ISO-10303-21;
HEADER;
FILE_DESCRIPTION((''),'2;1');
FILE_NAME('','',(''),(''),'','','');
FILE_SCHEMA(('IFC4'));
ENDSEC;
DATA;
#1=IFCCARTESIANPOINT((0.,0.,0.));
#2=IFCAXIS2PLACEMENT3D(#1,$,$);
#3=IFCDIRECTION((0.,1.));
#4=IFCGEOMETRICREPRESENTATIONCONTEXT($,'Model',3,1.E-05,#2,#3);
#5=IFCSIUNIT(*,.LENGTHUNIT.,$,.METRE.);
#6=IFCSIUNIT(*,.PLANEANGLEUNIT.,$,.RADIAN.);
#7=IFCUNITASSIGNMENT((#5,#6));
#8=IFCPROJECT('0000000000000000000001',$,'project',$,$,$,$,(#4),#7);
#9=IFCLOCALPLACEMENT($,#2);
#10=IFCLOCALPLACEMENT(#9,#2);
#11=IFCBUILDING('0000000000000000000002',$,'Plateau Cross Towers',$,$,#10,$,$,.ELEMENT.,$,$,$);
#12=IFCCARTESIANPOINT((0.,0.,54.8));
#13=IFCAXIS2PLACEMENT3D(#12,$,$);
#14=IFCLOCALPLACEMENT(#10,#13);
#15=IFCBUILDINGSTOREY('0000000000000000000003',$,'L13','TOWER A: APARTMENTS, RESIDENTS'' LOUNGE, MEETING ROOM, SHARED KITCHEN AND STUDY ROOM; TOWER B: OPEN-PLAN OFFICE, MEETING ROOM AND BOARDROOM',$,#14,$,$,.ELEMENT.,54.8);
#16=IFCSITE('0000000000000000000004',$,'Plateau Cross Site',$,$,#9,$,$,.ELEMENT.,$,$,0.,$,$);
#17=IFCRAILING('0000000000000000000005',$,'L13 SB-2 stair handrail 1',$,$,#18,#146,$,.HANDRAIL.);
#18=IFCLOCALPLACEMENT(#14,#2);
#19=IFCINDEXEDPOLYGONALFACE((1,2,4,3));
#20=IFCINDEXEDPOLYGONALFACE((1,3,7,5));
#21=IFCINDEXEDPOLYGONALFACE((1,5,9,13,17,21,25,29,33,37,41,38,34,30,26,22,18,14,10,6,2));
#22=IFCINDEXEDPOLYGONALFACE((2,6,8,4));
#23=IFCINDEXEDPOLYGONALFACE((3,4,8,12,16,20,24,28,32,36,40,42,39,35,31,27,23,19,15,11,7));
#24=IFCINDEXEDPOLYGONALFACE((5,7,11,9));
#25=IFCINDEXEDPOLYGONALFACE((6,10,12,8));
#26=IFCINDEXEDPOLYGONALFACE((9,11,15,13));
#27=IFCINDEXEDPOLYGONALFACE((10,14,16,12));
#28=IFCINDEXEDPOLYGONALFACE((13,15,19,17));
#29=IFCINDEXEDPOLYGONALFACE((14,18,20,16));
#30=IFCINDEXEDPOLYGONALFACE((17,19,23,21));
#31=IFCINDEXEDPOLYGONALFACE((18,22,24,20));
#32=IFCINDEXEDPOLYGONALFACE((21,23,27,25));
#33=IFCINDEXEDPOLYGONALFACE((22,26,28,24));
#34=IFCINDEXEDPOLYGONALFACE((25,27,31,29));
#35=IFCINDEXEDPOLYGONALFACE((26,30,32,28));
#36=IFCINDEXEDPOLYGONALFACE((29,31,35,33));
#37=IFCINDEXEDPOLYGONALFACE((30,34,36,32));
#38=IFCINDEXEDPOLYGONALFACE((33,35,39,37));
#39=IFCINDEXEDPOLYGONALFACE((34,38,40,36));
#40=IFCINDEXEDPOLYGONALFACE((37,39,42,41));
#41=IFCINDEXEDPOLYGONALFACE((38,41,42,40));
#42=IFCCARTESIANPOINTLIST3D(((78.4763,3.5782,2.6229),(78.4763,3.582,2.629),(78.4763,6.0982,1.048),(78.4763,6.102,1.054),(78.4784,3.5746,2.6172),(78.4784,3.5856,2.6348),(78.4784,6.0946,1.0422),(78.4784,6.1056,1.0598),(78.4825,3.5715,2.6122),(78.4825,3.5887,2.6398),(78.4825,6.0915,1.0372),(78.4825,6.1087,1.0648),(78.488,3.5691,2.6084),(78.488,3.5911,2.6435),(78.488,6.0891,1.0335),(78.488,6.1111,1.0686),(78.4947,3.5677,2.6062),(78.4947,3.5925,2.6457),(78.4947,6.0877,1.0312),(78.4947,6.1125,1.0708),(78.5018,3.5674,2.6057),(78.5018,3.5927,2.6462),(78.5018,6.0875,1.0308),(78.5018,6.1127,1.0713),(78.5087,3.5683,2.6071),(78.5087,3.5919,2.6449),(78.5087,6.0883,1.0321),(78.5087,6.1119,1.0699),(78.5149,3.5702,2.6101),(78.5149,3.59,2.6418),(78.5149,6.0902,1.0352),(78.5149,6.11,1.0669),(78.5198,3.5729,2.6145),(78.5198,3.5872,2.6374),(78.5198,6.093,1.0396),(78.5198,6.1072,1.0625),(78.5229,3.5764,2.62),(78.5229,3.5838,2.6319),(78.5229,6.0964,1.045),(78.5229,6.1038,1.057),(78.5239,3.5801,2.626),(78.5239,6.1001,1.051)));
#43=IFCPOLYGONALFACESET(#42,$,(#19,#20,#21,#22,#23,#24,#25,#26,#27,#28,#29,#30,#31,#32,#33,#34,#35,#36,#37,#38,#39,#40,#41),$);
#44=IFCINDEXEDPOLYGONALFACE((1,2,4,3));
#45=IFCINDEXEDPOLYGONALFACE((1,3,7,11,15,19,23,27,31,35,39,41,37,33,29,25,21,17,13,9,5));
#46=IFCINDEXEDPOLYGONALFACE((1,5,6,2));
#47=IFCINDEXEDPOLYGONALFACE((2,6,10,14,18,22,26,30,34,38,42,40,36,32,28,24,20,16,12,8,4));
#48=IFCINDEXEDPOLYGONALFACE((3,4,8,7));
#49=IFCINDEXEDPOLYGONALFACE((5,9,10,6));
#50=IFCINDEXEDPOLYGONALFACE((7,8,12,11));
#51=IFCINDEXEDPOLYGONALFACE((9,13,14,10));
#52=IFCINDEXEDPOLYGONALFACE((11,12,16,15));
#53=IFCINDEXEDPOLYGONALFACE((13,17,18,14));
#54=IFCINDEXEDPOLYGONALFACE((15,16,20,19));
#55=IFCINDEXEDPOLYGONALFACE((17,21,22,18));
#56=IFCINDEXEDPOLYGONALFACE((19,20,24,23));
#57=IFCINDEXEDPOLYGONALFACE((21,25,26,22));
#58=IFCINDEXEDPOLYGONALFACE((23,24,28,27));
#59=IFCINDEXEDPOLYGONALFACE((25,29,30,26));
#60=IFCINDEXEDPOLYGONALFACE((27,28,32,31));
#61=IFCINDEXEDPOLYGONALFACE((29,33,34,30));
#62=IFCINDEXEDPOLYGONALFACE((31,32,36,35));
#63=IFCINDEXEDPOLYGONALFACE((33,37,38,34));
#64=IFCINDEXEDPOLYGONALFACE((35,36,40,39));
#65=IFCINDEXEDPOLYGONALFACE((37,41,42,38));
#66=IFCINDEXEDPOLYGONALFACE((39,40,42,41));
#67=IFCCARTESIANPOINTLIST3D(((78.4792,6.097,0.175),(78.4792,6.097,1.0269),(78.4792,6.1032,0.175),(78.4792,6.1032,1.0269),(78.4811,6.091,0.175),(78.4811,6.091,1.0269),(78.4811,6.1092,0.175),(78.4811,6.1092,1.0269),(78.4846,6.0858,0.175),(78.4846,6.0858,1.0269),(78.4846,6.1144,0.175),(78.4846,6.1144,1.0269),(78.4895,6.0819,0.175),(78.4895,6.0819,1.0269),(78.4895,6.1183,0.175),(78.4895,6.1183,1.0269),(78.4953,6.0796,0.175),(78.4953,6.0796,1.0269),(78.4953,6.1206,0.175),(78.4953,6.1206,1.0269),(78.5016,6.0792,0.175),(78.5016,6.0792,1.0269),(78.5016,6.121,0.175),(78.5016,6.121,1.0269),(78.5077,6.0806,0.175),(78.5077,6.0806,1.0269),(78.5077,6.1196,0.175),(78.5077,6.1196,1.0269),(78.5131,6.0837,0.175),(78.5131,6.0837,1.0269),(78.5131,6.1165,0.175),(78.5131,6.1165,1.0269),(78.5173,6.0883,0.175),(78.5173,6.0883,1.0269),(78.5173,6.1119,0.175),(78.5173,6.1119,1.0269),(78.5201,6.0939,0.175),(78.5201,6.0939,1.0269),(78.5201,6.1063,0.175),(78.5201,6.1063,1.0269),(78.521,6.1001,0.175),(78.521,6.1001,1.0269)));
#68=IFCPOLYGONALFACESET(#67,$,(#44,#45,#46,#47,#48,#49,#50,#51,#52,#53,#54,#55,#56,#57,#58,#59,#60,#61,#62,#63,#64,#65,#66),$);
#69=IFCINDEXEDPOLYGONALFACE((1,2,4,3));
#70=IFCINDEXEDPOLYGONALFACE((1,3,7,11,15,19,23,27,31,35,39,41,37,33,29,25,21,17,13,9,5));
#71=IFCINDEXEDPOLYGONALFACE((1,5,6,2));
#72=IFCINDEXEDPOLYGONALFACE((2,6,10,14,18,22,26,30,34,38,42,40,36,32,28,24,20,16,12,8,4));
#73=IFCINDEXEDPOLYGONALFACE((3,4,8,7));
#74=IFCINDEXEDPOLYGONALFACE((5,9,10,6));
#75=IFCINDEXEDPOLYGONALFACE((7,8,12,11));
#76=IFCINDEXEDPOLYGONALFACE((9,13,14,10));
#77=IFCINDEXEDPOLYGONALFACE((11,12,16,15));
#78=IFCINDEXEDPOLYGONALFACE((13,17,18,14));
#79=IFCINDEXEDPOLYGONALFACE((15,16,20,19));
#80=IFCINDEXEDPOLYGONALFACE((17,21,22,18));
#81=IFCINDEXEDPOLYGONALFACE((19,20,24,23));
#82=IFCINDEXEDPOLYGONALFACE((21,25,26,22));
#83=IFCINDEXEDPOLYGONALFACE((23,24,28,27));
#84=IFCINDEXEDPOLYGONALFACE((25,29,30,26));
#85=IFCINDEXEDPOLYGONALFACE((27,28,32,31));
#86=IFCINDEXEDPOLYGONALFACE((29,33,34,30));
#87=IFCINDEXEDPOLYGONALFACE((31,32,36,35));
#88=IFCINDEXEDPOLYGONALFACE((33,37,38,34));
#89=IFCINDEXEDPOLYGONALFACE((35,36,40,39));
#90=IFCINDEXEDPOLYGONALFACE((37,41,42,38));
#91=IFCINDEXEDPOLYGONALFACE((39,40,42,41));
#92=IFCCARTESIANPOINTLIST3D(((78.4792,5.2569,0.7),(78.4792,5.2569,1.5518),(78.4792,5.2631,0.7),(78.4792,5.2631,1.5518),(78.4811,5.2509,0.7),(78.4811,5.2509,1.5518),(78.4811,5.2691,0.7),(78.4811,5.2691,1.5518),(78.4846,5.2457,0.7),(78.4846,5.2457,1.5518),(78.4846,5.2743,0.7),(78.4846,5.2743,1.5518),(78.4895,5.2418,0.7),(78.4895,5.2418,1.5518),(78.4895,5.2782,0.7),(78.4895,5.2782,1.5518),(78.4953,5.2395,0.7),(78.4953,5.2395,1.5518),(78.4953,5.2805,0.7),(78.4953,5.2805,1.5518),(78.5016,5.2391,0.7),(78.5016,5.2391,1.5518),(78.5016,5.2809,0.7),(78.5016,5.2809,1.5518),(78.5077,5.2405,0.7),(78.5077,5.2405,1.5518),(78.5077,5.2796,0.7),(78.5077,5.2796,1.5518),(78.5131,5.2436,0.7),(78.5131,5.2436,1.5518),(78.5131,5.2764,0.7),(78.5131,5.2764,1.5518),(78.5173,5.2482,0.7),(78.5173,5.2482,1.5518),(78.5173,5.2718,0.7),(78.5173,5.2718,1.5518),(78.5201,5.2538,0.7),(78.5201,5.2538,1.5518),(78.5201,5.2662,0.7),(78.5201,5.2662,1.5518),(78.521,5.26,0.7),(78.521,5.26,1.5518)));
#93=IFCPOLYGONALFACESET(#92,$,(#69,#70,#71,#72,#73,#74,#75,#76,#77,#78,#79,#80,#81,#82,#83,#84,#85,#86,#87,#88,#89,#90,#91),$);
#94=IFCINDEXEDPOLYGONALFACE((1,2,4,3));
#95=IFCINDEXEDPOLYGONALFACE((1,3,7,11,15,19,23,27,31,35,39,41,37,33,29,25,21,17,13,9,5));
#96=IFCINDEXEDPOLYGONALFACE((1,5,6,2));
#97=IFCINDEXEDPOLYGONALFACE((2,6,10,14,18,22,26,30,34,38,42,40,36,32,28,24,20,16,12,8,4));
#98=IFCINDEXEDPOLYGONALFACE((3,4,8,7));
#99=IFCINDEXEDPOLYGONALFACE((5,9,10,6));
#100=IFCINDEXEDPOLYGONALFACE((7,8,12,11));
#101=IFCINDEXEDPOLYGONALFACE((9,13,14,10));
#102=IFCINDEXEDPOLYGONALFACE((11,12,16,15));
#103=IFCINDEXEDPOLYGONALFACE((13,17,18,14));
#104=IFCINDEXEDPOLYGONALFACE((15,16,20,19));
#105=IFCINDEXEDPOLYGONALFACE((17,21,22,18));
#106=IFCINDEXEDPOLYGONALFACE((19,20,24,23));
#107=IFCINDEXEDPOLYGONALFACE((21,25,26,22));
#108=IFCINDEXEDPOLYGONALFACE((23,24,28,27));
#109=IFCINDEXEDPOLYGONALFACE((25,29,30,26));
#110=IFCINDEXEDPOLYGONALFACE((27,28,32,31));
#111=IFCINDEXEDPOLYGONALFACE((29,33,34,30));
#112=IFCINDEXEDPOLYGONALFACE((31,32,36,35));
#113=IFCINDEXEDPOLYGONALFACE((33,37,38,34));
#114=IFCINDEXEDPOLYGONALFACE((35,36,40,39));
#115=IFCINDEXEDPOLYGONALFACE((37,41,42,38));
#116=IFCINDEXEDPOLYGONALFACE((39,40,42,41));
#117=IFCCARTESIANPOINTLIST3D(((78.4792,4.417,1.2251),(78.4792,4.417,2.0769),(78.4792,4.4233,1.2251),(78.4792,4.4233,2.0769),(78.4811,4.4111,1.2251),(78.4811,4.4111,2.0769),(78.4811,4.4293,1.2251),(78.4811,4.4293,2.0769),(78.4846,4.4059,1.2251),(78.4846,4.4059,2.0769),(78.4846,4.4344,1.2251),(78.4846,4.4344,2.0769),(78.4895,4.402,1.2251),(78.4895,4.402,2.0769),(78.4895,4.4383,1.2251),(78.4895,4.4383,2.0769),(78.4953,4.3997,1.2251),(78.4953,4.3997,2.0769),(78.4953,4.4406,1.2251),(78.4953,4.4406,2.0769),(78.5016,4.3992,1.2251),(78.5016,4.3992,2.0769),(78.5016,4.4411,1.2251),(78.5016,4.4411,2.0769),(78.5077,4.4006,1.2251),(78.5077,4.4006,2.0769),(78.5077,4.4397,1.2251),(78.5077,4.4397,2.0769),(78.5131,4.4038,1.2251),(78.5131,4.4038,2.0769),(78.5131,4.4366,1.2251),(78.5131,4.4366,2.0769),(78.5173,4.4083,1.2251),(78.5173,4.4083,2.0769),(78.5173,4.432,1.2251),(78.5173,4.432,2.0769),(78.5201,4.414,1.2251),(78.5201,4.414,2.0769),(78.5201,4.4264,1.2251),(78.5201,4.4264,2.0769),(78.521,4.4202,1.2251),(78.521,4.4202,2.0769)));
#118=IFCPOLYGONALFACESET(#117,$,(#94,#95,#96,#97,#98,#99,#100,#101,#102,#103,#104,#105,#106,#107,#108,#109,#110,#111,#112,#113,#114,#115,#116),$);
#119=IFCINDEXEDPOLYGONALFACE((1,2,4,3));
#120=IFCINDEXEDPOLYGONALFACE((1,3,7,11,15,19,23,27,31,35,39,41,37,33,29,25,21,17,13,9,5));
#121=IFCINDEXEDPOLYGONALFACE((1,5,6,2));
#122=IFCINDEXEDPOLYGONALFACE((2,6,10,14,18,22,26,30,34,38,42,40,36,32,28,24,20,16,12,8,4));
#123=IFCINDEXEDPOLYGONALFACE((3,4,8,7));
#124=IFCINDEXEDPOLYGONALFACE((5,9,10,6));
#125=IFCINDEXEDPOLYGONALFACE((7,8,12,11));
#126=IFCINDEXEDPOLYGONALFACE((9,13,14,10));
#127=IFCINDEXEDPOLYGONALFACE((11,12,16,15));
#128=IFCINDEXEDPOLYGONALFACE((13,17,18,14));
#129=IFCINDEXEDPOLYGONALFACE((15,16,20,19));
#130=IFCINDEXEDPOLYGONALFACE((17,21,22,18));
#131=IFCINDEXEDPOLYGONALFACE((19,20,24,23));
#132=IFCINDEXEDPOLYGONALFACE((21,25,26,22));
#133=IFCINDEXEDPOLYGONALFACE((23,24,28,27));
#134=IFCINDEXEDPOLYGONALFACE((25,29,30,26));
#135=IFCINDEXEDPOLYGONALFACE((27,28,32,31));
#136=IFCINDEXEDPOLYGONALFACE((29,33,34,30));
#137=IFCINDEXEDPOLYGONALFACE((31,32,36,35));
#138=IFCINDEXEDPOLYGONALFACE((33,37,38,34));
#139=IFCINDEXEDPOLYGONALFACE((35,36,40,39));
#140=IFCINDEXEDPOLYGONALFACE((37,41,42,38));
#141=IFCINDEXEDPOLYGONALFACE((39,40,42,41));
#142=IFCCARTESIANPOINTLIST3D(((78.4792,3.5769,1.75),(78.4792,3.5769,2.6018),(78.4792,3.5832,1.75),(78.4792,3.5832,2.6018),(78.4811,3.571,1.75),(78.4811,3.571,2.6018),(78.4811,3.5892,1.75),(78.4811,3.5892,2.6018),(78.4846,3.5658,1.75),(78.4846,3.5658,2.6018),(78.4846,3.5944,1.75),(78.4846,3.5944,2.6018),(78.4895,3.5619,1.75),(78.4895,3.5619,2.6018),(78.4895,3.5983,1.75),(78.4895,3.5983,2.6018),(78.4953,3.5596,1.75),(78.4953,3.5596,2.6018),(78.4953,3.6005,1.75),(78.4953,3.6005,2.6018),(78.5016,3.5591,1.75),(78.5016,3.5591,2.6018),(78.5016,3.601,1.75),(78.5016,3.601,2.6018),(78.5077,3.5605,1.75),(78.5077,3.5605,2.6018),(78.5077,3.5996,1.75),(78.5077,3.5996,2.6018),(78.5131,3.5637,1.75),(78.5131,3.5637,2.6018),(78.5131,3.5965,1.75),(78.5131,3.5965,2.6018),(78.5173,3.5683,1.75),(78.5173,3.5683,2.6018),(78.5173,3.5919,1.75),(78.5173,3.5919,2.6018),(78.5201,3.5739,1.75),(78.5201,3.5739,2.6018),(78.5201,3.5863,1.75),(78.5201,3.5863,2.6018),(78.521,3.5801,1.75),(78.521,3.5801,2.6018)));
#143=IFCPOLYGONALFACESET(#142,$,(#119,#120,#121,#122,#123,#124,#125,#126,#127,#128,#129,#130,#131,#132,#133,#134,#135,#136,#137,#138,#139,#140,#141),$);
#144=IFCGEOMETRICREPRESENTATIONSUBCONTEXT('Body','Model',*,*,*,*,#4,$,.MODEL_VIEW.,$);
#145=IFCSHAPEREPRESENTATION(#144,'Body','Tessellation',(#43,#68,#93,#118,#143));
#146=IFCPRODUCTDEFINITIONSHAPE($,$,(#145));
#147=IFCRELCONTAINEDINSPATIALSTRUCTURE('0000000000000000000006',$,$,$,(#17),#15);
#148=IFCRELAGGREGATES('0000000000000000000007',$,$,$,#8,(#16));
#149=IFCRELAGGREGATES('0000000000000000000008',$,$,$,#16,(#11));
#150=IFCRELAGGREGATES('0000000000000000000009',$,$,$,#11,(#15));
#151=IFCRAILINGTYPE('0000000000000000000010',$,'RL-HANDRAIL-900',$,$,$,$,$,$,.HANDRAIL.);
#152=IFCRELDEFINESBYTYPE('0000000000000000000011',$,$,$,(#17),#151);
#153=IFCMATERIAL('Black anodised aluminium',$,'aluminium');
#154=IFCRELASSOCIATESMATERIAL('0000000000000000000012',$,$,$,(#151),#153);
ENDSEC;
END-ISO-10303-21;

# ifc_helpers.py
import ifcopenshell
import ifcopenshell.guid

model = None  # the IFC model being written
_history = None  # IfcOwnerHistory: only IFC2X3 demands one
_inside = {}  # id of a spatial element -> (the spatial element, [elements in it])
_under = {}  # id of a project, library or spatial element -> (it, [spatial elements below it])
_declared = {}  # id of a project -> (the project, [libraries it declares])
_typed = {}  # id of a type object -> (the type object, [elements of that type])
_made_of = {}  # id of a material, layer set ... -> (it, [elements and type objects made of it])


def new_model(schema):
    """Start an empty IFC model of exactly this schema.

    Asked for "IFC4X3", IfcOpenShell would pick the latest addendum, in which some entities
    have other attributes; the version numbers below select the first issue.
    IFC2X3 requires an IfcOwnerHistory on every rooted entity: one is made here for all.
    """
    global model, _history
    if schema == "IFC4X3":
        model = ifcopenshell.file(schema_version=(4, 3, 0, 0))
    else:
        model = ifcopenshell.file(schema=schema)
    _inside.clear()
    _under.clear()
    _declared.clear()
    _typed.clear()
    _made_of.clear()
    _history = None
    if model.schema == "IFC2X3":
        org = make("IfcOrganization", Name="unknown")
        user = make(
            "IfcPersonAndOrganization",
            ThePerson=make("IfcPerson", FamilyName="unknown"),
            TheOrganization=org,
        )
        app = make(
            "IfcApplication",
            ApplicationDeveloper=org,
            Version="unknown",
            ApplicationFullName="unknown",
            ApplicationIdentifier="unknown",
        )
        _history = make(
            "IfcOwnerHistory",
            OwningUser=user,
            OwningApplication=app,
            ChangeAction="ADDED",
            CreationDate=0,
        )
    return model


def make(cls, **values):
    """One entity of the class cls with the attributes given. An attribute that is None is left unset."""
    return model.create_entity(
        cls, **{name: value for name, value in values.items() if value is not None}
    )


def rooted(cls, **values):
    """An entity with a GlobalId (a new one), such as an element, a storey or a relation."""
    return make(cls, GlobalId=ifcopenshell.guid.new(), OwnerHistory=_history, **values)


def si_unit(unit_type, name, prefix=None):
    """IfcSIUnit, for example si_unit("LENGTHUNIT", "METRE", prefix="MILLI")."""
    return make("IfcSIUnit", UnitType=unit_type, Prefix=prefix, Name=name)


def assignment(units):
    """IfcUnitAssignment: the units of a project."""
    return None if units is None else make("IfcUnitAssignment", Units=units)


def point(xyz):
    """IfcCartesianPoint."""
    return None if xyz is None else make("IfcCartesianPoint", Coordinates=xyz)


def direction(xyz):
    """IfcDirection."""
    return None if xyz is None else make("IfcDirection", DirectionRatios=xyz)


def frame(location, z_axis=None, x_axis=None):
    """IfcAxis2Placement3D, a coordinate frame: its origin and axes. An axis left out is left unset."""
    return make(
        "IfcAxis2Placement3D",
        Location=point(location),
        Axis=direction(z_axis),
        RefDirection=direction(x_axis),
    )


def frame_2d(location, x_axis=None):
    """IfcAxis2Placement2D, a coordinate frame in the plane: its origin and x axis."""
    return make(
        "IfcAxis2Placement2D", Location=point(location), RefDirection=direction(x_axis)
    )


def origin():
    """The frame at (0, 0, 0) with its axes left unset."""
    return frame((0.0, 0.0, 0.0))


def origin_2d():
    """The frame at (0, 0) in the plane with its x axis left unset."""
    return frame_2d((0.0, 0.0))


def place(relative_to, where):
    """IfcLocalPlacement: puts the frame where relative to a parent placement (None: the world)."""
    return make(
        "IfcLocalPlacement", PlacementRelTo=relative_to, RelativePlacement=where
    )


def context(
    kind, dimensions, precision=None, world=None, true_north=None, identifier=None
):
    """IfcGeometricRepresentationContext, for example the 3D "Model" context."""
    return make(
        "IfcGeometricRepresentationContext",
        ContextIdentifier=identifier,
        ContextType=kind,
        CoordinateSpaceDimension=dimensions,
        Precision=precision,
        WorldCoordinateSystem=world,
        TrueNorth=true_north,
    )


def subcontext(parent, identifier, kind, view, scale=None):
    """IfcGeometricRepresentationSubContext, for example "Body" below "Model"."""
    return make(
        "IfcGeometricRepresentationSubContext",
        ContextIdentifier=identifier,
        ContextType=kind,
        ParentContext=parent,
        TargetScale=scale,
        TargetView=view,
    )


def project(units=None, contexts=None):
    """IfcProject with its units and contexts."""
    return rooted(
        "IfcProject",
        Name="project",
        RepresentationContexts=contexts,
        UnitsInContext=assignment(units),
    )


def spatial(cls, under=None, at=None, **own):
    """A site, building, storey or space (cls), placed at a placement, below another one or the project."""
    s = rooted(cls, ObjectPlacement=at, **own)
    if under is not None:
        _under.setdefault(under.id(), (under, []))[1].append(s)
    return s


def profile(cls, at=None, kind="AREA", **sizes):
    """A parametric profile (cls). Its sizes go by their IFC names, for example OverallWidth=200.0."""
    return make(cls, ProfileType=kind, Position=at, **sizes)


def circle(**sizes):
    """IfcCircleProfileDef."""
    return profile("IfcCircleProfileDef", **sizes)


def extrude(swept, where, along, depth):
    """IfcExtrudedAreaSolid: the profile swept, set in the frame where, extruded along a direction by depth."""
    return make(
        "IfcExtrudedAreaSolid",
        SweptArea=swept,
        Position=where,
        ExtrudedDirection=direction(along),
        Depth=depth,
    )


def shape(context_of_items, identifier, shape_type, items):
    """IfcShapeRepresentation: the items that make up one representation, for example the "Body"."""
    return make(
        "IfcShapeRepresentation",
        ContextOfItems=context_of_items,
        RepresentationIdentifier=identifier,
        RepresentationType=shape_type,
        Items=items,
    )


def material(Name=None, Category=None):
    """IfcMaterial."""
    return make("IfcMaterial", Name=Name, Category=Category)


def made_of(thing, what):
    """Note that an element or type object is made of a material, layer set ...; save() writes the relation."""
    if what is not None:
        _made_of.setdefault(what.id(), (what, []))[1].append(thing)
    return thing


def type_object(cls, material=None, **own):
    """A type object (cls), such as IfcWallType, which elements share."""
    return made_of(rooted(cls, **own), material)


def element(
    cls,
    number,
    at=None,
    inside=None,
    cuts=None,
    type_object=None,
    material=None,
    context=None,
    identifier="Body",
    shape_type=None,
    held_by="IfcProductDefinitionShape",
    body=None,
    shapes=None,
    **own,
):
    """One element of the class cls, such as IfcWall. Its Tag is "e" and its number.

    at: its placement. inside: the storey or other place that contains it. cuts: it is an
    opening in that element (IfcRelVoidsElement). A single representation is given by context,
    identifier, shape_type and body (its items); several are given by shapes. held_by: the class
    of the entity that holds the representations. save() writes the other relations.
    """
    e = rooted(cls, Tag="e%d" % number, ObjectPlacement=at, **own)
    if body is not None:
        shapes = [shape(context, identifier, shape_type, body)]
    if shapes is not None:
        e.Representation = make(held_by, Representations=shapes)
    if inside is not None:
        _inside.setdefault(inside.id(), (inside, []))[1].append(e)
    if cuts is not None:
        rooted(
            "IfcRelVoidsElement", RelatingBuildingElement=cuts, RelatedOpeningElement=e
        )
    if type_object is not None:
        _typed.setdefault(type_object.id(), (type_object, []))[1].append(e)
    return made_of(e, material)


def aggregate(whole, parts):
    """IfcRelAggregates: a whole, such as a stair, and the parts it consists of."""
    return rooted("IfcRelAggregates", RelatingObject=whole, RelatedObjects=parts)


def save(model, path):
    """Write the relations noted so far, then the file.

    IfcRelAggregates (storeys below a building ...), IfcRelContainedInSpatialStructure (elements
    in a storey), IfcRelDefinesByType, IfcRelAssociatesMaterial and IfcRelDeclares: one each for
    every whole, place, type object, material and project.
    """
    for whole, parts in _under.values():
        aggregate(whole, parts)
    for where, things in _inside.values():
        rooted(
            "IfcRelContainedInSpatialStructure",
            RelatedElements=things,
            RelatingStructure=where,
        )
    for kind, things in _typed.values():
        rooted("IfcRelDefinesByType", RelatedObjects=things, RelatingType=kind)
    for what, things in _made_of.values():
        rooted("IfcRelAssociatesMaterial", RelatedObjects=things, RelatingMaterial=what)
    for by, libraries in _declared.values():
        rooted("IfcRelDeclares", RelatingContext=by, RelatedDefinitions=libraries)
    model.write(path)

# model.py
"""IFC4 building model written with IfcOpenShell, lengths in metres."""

from ifc_helpers import new_model, si_unit, direction, frame, origin, origin_2d, place, context, subcontext, project, spatial, circle, extrude, material, type_object, element, save


model = new_model("IFC4")

# Units and contexts
model_context = context("Model", 3, precision=1e-05, world=origin(), true_north=direction((0.0, 1.0)))
body_context = subcontext(model_context, "Body", "Model", "MODEL_VIEW")
ifc_project = project(units=[si_unit("LENGTHUNIT", "METRE"), si_unit("PLANEANGLEUNIT", "RADIAN")], contexts=[model_context])

# Site, building, storey
site_placement = place(None, origin())
site = spatial("IfcSite", under=ifc_project, at=site_placement, Name="Plateau Cross Site", CompositionType="ELEMENT", RefElevation=0.0)
building_placement = place(site_placement, origin())
building = spatial("IfcBuilding", under=site, at=building_placement, Name="Plateau Cross Towers", CompositionType="ELEMENT")
storey_placement = place(building_placement, frame((0.0, 0.0, 54.8)))
storey = spatial("IfcBuildingStorey", under=building, at=storey_placement, Name="L13", Description="TOWER A: APARTMENTS, RESIDENTS' LOUNGE, MEETING ROOM, SHARED KITCHEN AND STUDY ROOM; TOWER B: OPEN-PLAN OFFICE, MEETING ROOM AND BOARDROOM", CompositionType="ELEMENT", Elevation=54.8)

# Railing
ifc_material_1 = material(Name="Black anodised aluminium", Category="aluminium")
railing_type_1 = type_object("IfcRailingType", Name="RL-HANDRAIL-900", PredefinedType="HANDRAIL", material=ifc_material_1)
railing_1_placement = place(storey_placement, frame((78.5, 6.1001, 0.175)))
element("IfcRailing", 1, at=railing_1_placement, inside=storey, type_object=railing_type_1, Name="L13 SB-2 stair handrail 1", PredefinedType="HANDRAIL", context=body_context, shape_type="SweptSolid", body=[
    extrude(circle(Radius=0.0239, at=origin_2d()), frame((0.0, 0.0, 0.876), z_axis=(0.0, -0.848008, 0.529984), x_axis=(1.0, 0.0, 0.0)), (0.0, 0.0, 1.0), 2.9717),
    extrude(circle(Radius=0.021, at=origin_2d()), origin(), (0.0, 0.0, 1.0), 0.8518),
    extrude(circle(Radius=0.021, at=origin_2d()), frame((0.0, -0.8401, 0.5249)), (0.0, 0.0, 1.0), 0.8518),
    extrude(circle(Radius=0.021, at=origin_2d()), frame((0.0, -1.6799, 1.05)), (0.0, 0.0, 1.0), 0.8518),
    extrude(circle(Radius=0.021, at=origin_2d()), frame((0.0, -2.52, 1.575)), (0.0, 0.0, 1.0), 0.8518),
])

save(model, "model.ifc")
